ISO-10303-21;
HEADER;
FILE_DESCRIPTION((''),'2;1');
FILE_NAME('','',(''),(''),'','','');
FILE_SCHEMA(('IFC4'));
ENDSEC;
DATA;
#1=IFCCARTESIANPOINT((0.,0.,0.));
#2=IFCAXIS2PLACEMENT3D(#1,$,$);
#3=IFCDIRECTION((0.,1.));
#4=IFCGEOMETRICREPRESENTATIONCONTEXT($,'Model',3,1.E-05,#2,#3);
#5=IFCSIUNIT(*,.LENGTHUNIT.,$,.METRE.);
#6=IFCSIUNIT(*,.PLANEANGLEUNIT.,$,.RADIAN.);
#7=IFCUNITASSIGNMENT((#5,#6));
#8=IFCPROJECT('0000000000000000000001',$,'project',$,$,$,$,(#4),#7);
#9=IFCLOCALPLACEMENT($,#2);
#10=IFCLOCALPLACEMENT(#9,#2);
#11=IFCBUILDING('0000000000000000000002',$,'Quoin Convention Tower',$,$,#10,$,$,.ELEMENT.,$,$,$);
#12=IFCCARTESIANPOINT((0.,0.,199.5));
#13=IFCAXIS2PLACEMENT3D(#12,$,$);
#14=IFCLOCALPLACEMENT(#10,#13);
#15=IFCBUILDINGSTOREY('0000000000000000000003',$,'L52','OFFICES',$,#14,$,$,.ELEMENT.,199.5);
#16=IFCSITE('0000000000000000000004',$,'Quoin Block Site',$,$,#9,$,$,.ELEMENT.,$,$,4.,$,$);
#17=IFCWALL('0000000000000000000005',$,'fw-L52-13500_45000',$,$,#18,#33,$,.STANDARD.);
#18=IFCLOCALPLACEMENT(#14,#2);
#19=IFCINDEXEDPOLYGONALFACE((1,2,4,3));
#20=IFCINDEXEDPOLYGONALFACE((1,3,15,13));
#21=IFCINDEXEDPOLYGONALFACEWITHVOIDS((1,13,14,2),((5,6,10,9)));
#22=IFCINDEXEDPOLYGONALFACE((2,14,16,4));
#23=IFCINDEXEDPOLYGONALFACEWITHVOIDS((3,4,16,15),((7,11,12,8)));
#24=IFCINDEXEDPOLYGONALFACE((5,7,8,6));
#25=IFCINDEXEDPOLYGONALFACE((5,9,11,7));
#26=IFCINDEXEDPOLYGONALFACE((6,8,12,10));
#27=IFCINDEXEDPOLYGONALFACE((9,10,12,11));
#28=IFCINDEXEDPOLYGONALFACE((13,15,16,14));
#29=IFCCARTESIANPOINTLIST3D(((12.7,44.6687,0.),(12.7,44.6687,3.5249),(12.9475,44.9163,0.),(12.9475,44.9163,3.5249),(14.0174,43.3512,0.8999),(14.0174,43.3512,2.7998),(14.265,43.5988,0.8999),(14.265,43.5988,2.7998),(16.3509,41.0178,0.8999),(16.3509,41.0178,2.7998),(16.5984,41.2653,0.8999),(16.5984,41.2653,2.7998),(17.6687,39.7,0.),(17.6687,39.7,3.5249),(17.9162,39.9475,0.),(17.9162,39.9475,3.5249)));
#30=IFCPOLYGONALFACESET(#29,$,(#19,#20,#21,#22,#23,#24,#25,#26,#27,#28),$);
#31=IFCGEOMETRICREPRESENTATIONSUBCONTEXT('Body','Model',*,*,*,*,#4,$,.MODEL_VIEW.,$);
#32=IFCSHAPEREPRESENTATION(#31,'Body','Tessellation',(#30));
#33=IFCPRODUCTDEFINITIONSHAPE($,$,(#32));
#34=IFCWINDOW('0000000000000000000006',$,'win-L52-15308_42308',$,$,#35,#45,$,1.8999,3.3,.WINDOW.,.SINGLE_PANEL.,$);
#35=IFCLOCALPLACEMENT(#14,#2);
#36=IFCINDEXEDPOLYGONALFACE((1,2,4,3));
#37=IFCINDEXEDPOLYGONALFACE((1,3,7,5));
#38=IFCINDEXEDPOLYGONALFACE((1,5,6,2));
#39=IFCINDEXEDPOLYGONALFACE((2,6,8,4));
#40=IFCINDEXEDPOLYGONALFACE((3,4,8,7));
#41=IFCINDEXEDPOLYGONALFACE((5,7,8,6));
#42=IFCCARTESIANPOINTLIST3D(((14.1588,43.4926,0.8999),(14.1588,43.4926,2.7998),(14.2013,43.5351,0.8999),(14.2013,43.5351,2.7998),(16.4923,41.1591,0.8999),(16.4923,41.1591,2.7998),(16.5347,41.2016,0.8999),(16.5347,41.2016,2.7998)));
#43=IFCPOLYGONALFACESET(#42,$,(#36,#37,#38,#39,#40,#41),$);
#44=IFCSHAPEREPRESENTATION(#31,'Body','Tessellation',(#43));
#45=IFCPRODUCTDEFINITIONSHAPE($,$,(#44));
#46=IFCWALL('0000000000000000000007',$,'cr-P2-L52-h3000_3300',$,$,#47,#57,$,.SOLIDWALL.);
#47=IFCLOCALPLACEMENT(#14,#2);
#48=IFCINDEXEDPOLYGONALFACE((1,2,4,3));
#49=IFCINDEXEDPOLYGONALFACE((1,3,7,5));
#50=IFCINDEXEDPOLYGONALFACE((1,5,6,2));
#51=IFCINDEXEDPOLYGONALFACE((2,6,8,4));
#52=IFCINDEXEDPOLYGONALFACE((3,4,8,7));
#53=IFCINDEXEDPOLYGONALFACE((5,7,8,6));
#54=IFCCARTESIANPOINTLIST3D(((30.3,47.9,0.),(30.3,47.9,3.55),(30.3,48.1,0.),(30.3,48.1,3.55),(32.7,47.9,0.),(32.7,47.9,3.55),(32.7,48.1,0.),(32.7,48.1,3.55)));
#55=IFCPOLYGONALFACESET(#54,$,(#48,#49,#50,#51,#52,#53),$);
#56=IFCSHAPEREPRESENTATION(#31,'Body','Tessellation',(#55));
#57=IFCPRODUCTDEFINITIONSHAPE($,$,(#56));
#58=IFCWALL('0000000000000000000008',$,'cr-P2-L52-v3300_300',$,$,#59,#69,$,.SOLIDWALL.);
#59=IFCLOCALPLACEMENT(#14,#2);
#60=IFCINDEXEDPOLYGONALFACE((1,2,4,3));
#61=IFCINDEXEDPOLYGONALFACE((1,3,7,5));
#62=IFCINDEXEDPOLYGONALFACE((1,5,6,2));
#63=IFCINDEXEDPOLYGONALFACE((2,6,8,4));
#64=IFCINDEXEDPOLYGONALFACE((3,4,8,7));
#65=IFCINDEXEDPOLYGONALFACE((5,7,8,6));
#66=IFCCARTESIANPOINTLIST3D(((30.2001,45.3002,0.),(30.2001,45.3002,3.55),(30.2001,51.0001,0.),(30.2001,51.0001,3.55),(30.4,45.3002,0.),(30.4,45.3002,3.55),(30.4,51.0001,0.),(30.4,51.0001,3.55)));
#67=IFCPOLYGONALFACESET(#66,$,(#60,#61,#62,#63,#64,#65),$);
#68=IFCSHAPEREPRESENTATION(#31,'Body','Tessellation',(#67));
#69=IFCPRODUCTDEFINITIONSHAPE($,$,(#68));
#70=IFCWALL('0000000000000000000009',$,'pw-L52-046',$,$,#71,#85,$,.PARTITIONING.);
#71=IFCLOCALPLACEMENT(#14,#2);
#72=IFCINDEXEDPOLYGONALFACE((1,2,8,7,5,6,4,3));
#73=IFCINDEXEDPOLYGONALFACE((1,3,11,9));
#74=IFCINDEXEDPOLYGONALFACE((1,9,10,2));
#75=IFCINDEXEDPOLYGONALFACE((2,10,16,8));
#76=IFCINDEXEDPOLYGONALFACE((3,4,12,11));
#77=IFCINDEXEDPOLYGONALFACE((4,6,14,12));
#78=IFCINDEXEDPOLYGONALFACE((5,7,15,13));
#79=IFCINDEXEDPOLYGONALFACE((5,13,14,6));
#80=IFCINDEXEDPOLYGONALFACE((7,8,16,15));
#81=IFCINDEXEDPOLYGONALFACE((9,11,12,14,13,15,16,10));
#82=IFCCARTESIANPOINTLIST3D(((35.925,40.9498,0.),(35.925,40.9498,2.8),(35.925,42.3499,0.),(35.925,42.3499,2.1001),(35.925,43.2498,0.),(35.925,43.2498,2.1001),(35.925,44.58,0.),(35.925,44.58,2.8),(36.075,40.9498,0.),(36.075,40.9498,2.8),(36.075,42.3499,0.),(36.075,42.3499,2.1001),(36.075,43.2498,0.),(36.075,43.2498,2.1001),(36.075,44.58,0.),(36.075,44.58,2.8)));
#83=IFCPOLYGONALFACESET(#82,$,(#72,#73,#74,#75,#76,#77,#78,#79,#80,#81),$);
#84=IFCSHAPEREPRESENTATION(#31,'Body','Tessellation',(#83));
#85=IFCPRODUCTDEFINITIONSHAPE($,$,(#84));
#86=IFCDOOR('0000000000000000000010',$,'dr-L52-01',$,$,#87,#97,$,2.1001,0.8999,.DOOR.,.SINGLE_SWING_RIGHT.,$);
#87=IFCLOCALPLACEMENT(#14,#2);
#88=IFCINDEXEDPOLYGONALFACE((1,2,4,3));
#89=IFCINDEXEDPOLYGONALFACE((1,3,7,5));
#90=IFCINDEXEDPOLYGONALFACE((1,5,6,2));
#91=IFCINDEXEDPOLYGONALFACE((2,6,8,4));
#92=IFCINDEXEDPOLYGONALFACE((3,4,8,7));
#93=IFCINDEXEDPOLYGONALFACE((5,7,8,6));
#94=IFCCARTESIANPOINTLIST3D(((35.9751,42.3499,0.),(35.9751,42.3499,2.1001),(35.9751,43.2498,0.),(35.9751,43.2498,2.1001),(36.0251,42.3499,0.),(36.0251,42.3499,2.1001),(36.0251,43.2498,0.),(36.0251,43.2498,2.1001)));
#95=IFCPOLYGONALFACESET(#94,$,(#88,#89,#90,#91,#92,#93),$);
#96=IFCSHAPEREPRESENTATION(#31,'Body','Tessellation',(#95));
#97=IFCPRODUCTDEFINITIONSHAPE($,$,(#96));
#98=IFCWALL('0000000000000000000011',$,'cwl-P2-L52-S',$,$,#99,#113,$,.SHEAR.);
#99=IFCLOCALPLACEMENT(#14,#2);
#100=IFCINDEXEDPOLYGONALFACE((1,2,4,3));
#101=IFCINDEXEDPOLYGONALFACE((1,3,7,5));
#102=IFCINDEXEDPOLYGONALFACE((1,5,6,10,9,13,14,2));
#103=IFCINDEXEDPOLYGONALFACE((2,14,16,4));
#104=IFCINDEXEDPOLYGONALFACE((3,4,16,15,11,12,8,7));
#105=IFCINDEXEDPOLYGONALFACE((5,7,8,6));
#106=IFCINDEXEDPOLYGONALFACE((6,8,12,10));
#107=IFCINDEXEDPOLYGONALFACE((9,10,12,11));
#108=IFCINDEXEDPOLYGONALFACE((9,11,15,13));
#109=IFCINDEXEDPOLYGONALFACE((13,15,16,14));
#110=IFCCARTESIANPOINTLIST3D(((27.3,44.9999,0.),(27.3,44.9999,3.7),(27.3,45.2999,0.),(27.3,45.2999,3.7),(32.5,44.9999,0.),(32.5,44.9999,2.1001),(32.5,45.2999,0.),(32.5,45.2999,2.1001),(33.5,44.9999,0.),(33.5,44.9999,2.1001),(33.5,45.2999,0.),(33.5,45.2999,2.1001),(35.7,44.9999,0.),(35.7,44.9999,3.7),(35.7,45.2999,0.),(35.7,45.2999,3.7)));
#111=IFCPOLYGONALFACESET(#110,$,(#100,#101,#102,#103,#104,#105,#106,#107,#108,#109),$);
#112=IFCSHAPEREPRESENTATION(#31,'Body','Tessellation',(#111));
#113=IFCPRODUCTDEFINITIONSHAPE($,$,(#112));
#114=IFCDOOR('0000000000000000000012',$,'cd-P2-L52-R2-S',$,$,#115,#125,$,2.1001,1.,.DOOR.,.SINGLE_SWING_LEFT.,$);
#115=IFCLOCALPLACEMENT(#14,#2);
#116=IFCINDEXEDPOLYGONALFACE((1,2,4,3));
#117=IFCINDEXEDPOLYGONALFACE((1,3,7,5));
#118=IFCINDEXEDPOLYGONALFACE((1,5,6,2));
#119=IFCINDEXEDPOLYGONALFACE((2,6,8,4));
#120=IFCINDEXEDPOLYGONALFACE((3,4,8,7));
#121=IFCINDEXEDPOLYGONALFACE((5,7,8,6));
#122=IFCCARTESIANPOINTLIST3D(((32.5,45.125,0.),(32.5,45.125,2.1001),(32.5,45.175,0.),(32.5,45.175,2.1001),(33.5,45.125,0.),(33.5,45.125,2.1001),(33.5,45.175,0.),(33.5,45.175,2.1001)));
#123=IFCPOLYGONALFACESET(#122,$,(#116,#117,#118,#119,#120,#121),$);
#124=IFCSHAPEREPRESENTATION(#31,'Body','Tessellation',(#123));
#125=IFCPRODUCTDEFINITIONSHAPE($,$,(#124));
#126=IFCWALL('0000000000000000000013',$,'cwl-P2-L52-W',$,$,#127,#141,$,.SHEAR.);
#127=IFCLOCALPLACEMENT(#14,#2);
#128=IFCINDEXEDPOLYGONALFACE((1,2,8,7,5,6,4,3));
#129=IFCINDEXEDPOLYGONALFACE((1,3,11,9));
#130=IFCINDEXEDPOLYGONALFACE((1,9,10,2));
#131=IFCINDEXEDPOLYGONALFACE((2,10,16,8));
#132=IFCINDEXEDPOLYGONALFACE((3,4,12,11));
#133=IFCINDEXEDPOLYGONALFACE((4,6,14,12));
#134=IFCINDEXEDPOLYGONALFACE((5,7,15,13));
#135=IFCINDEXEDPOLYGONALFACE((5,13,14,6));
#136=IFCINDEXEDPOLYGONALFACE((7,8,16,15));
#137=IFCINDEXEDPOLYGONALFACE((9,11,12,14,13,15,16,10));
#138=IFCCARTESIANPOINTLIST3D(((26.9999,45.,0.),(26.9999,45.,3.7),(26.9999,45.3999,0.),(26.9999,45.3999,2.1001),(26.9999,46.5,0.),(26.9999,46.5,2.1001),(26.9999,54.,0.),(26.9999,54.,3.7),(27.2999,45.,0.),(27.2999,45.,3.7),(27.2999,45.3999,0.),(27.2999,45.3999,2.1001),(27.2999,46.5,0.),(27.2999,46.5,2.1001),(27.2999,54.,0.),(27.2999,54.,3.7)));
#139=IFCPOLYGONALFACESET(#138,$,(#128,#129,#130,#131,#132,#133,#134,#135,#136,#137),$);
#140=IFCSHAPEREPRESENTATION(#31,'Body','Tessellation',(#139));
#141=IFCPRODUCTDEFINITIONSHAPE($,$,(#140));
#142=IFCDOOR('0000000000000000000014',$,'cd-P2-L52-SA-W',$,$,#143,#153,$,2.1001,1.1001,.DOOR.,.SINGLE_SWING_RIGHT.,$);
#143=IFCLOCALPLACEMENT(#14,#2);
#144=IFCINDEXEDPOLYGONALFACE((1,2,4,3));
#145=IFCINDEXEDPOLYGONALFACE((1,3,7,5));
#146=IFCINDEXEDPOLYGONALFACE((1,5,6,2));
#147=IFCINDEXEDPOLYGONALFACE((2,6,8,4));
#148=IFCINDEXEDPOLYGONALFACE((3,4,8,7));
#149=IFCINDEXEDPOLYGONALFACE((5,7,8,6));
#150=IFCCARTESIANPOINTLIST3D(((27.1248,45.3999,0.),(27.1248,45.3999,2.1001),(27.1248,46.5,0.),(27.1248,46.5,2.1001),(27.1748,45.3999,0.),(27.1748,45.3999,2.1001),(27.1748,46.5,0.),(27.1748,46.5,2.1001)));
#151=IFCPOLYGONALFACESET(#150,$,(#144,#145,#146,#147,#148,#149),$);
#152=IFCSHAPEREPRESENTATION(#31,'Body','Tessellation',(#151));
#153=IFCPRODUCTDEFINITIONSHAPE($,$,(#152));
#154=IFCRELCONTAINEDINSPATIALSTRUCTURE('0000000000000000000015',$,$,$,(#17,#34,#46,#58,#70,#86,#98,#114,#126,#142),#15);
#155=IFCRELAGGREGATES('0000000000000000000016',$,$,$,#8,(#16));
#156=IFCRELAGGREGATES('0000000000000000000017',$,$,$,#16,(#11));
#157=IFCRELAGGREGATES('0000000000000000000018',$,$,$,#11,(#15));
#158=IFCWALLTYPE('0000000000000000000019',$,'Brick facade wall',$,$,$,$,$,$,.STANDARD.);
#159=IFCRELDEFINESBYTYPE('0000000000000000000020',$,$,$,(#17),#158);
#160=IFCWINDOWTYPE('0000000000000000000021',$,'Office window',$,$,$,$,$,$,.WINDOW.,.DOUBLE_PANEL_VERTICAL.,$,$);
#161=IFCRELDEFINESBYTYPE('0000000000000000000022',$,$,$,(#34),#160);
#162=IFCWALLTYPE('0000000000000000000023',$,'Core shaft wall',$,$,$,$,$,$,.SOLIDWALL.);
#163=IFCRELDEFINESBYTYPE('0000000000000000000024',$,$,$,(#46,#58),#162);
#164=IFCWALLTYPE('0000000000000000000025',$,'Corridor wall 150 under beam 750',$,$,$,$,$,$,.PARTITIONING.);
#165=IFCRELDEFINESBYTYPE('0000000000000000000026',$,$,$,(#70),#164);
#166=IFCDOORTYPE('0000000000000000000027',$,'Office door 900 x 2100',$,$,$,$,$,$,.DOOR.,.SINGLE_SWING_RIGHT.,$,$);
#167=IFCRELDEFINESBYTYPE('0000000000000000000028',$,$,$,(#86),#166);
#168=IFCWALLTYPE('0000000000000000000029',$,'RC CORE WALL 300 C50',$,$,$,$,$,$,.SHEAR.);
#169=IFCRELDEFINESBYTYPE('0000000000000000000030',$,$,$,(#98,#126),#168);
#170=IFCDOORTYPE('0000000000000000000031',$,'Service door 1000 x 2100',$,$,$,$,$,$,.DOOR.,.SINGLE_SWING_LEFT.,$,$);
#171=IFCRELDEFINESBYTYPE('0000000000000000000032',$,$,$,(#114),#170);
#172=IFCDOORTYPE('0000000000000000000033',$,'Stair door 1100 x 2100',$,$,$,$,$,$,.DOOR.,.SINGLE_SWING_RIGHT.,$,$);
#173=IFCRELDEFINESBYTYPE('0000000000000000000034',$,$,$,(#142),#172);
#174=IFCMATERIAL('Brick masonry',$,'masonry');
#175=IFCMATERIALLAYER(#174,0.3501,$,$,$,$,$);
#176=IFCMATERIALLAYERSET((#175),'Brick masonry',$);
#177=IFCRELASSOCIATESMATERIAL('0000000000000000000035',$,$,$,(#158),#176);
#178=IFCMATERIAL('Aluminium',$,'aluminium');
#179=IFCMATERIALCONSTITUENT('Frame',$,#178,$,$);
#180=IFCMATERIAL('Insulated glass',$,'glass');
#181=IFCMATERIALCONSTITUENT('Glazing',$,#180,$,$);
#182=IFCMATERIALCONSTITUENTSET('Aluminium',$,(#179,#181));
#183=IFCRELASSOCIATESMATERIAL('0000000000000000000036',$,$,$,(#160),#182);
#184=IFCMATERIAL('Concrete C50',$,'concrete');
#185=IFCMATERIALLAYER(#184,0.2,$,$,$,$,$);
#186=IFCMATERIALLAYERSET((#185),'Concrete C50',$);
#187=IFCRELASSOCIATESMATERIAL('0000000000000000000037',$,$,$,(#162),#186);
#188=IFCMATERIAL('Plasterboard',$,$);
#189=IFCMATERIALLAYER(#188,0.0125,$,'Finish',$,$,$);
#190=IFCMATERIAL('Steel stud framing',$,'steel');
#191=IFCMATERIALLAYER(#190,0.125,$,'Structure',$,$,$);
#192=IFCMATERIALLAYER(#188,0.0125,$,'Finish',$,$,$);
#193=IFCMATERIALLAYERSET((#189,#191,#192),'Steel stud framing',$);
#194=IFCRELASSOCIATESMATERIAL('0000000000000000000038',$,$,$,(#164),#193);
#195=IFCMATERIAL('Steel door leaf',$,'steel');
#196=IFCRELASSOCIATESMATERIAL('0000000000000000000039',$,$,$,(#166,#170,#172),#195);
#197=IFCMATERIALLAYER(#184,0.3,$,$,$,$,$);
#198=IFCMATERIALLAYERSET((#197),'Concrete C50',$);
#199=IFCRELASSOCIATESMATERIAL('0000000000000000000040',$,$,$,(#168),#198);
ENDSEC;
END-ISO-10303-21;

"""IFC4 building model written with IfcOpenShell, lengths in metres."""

from ifc_helpers import new_model, si_unit, direction, frame, frame_2d, origin, place, context, subcontext, project, spatial, rectangle, extrude, material, layer, layer_set, constituent, constituent_set, type_object, element, fill, save


model = new_model("IFC4")

# Units and contexts
model_context = context("Model", 3, precision=1e-05, world=origin(), true_north=direction((0.0, 1.0)))
body_context = subcontext(model_context, "Body", "Model", "MODEL_VIEW")
ifc_project = project(units=[si_unit("LENGTHUNIT", "METRE"), si_unit("PLANEANGLEUNIT", "RADIAN")], contexts=[model_context])

# Site, building, storey
site_placement = place(None, origin())
site = spatial("IfcSite", under=ifc_project, at=site_placement, Name="Quoin Block Site", CompositionType="ELEMENT", RefElevation=4.0)
building_placement = place(site_placement, origin())
building = spatial("IfcBuilding", under=site, at=building_placement, Name="Quoin Convention Tower", CompositionType="ELEMENT")
storey_placement = place(building_placement, frame((0.0, 0.0, 199.5)))
storey = spatial("IfcBuildingStorey", under=building, at=storey_placement, Name="L52", Description="OFFICES", CompositionType="ELEMENT", Elevation=199.5)

# Shared definitions
ifc_material_1 = material(Name="Concrete C50", Category="concrete")

# Wall, opening, window
ifc_material_2 = material(Name="Brick masonry", Category="masonry")
ifc_layer_1 = layer(ifc_material_2, 0.3501)
ifc_layer_set_1 = layer_set([ifc_layer_1], Name="Brick masonry")
wall_type_1 = type_object("IfcWallType", Name="Brick facade wall", PredefinedType="STANDARD", material=ifc_layer_set_1)
wall_1_placement = place(storey_placement, frame((12.8237, 44.7925, 0.0), z_axis=(0.0, 0.0, 1.0), x_axis=(0.707107, -0.707107, 0.0)))
wall_1 = element("IfcWall", 1, at=wall_1_placement, inside=storey, type_object=wall_type_1, Name="fw-L52-13500_45000", PredefinedType="STANDARD", context=body_context, shape_type="SweptSolid", body=[
    extrude(rectangle(XDim=7.0269, YDim=0.3501, at=frame_2d((3.5134, 0.0))), origin(), (0.0, 0.0, 1.0), 3.5249),
])
opening_1_placement = place(wall_1_placement, frame((1.8633, 0.0, 0.8999)))
opening_1 = element("IfcOpeningElement", 2, at=opening_1_placement, cuts=wall_1, PredefinedType="OPENING", context=body_context, shape_type="SweptSolid", body=[
    extrude(rectangle(XDim=3.3, YDim=1.8999, at=frame_2d((1.6499, 0.95))), frame((0.0, 0.1851, 0.0), z_axis=(0.0, -1.0, 0.0), x_axis=(1.0, 0.0, 0.0)), (0.0, 0.0, 1.0), 0.3701),
])
ifc_material_3 = material(Name="Aluminium", Category="aluminium")
ifc_constituent_1 = constituent(ifc_material_3, Name="Frame")
ifc_material_4 = material(Name="Insulated glass", Category="glass")
ifc_constituent_2 = constituent(ifc_material_4, Name="Glazing")
ifc_constituent_set = constituent_set(constituents=[ifc_constituent_1, ifc_constituent_2], Name="Aluminium")
window_type = type_object("IfcWindowType", Name="Office window", PartitioningType="DOUBLE_PANEL_VERTICAL", PredefinedType="WINDOW", material=ifc_constituent_set)
window_placement = place(opening_1_placement, origin())
window = element("IfcWindow", 3, at=window_placement, inside=storey, type_object=window_type, Name="win-L52-15308_42308", OverallHeight=1.8999, OverallWidth=3.3, PartitioningType="SINGLE_PANEL", PredefinedType="WINDOW", context=body_context, shape_type="SweptSolid", body=[
    extrude(rectangle(XDim=3.3, YDim=1.8999, at=frame_2d((1.6499, 0.95))), frame((0.0, 0.085, 0.0), z_axis=(0.0, -1.0, 0.0), x_axis=(1.0, 0.0, 0.0)), (0.0, 0.0, 1.0), 0.0601),
])
fill(opening_1, window)

# Walls
ifc_layer_2 = layer(ifc_material_1, 0.2)
ifc_layer_set_2 = layer_set([ifc_layer_2], Name="Concrete C50")
wall_type_2 = type_object("IfcWallType", Name="Core shaft wall", PredefinedType="SOLIDWALL", material=ifc_layer_set_2)
wall_2_placement = place(storey_placement, frame((30.3, 48.0, 0.0), z_axis=(0.0, 0.0, 1.0), x_axis=(1.0, 0.0, 0.0)))
element("IfcWall", 4, at=wall_2_placement, inside=storey, type_object=wall_type_2, Name="cr-P2-L52-h3000_3300", PredefinedType="SOLIDWALL", context=body_context, shape_type="SweptSolid", body=[
    extrude(rectangle(XDim=2.3999, YDim=0.2, at=frame_2d((1.2, 0.0))), origin(), (0.0, 0.0, 1.0), 3.55),
])
wall_3_placement = place(storey_placement, frame((30.3, 45.3, 0.0), z_axis=(0.0, 0.0, 1.0), x_axis=(0.0, 1.0, 0.0)))
element("IfcWall", 5, at=wall_3_placement, inside=storey, type_object=wall_type_2, Name="cr-P2-L52-v3300_300", PredefinedType="SOLIDWALL", context=body_context, shape_type="SweptSolid", body=[
    extrude(rectangle(XDim=5.7, YDim=0.2, at=frame_2d((2.8501, 0.0))), origin(), (0.0, 0.0, 1.0), 3.55),
])

# Walls, openings, doors
ifc_material_5 = material(Name="Plasterboard")
ifc_layer_3 = layer(ifc_material_5, 0.0125, Name="Finish")
ifc_material_6 = material(Name="Steel stud framing", Category="steel")
ifc_layer_4 = layer(ifc_material_6, 0.125, Name="Structure")
ifc_layer_5 = layer(ifc_material_5, 0.0125, Name="Finish")
ifc_layer_set_3 = layer_set([ifc_layer_3, ifc_layer_4, ifc_layer_5], Name="Steel stud framing")
wall_type_3 = type_object("IfcWallType", Name="Corridor wall 150 under beam 750", PredefinedType="PARTITIONING", material=ifc_layer_set_3)
wall_4_placement = place(storey_placement, frame((36.0, 40.95, 0.0), z_axis=(0.0, 0.0, 1.0), x_axis=(0.0, 1.0, 0.0)))
wall_4 = element("IfcWall", 6, at=wall_4_placement, inside=storey, type_object=wall_type_3, Name="pw-L52-046", PredefinedType="PARTITIONING", context=body_context, shape_type="SweptSolid", body=[
    extrude(rectangle(XDim=3.6301, YDim=0.1499, at=frame_2d((1.8149, 0.0))), origin(), (0.0, 0.0, 1.0), 2.8),
])
opening_2_placement = place(wall_4_placement, frame((1.3999, 0.0, 0.0)))
opening_2 = element("IfcOpeningElement", 7, at=opening_2_placement, cuts=wall_4, PredefinedType="OPENING", context=body_context, shape_type="SweptSolid", body=[
    extrude(rectangle(XDim=0.8999, YDim=2.1001, at=frame_2d((0.45, 1.05))), frame((0.0, 0.085, 0.0), z_axis=(0.0, -1.0, 0.0), x_axis=(1.0, 0.0, 0.0)), (0.0, 0.0, 1.0), 0.1699),
])
ifc_material_7 = material(Name="Steel door leaf", Category="steel")
door_type_1 = type_object("IfcDoorType", Name="Office door 900 x 2100", OperationType="SINGLE_SWING_RIGHT", PredefinedType="DOOR", material=ifc_material_7)
door_1_placement = place(opening_2_placement, origin())
door_1 = element("IfcDoor", 8, at=door_1_placement, inside=storey, type_object=door_type_1, Name="dr-L52-01", OperationType="SINGLE_SWING_RIGHT", OverallHeight=2.1001, OverallWidth=0.8999, PredefinedType="DOOR", context=body_context, shape_type="SweptSolid", body=[
    extrude(rectangle(XDim=0.8999, YDim=2.1001, at=frame_2d((0.45, 1.05))), frame((0.0, 0.0249, 0.0), z_axis=(0.0, -1.0, 0.0), x_axis=(1.0, 0.0, 0.0)), (0.0, 0.0, 1.0), 0.05),
])
fill(opening_2, door_1)
ifc_layer_6 = layer(ifc_material_1, 0.3)
ifc_layer_set_4 = layer_set([ifc_layer_6], Name="Concrete C50")
wall_type_4 = type_object("IfcWallType", Name="RC CORE WALL 300 C50", PredefinedType="SHEAR", material=ifc_layer_set_4)
wall_5_placement = place(storey_placement, frame((27.3, 45.1499, 0.0), z_axis=(0.0, 0.0, 1.0), x_axis=(1.0, 0.0, 0.0)))
wall_5 = element("IfcWall", 9, at=wall_5_placement, inside=storey, type_object=wall_type_4, Name="cwl-P2-L52-S", PredefinedType="SHEAR", context=body_context, shape_type="SweptSolid", body=[
    extrude(rectangle(XDim=8.3999, YDim=0.3, at=frame_2d((4.2, 0.0))), origin(), (0.0, 0.0, 1.0), 3.7),
])
opening_3_placement = place(wall_5_placement, frame((5.2, 0.0, 0.0)))
opening_3 = element("IfcOpeningElement", 10, at=opening_3_placement, cuts=wall_5, PredefinedType="OPENING", context=body_context, shape_type="SweptSolid", body=[
    extrude(rectangle(XDim=1.0, YDim=2.1001, at=frame_2d((0.5, 1.05))), frame((0.0, 0.1599, 0.0), z_axis=(0.0, -1.0, 0.0), x_axis=(1.0, 0.0, 0.0)), (0.0, 0.0, 1.0), 0.3201),
])
door_type_2 = type_object("IfcDoorType", Name="Service door 1000 x 2100", OperationType="SINGLE_SWING_LEFT", PredefinedType="DOOR", material=ifc_material_7)
door_2_placement = place(opening_3_placement, frame((1.0, 0.0, 0.0), z_axis=(0.0, 0.0, 1.0), x_axis=(-1.0, 0.0, 0.0)))
door_2 = element("IfcDoor", 11, at=door_2_placement, inside=storey, type_object=door_type_2, Name="cd-P2-L52-R2-S", OperationType="SINGLE_SWING_LEFT", OverallHeight=2.1001, OverallWidth=1.0, PredefinedType="DOOR", context=body_context, shape_type="SweptSolid", body=[
    extrude(rectangle(XDim=1.0, YDim=2.1001, at=frame_2d((0.5, 1.05))), frame((0.0, 0.0249, 0.0), z_axis=(0.0, -1.0, 0.0), x_axis=(1.0, 0.0, 0.0)), (0.0, 0.0, 1.0), 0.05),
])
fill(opening_3, door_2)
wall_6_placement = place(storey_placement, frame((27.1499, 45.0, 0.0), z_axis=(0.0, 0.0, 1.0), x_axis=(0.0, 1.0, 0.0)))
wall_6 = element("IfcWall", 12, at=wall_6_placement, inside=storey, type_object=wall_type_4, Name="cwl-P2-L52-W", PredefinedType="SHEAR", context=body_context, shape_type="SweptSolid", body=[
    extrude(rectangle(XDim=9.0, YDim=0.3, at=frame_2d((4.5, 0.0))), origin(), (0.0, 0.0, 1.0), 3.7),
])
opening_4_placement = place(wall_6_placement, frame((0.3999, 0.0, 0.0)))
opening_4 = element("IfcOpeningElement", 13, at=opening_4_placement, cuts=wall_6, PredefinedType="OPENING", context=body_context, shape_type="SweptSolid", body=[
    extrude(rectangle(XDim=1.1001, YDim=2.1001, at=frame_2d((0.55, 1.05))), frame((0.0, 0.1599, 0.0), z_axis=(0.0, -1.0, 0.0), x_axis=(1.0, 0.0, 0.0)), (0.0, 0.0, 1.0), 0.3201),
])
door_type_3 = type_object("IfcDoorType", Name="Stair door 1100 x 2100", OperationType="SINGLE_SWING_RIGHT", PredefinedType="DOOR", material=ifc_material_7)
door_3_placement = place(opening_4_placement, frame((1.1001, 0.0, 0.0), z_axis=(0.0, 0.0, 1.0), x_axis=(-1.0, 0.0, 0.0)))
door_3 = element("IfcDoor", 14, at=door_3_placement, inside=storey, type_object=door_type_3, Name="cd-P2-L52-SA-W", OperationType="SINGLE_SWING_RIGHT", OverallHeight=2.1001, OverallWidth=1.1001, PredefinedType="DOOR", context=body_context, shape_type="SweptSolid", body=[
    extrude(rectangle(XDim=1.1001, YDim=2.1001, at=frame_2d((0.55, 1.05))), frame((0.0, 0.0249, 0.0), z_axis=(0.0, -1.0, 0.0), x_axis=(1.0, 0.0, 0.0)), (0.0, 0.0, 1.0), 0.05),
])
fill(opening_4, door_3)

save(model, "model.ifc")
